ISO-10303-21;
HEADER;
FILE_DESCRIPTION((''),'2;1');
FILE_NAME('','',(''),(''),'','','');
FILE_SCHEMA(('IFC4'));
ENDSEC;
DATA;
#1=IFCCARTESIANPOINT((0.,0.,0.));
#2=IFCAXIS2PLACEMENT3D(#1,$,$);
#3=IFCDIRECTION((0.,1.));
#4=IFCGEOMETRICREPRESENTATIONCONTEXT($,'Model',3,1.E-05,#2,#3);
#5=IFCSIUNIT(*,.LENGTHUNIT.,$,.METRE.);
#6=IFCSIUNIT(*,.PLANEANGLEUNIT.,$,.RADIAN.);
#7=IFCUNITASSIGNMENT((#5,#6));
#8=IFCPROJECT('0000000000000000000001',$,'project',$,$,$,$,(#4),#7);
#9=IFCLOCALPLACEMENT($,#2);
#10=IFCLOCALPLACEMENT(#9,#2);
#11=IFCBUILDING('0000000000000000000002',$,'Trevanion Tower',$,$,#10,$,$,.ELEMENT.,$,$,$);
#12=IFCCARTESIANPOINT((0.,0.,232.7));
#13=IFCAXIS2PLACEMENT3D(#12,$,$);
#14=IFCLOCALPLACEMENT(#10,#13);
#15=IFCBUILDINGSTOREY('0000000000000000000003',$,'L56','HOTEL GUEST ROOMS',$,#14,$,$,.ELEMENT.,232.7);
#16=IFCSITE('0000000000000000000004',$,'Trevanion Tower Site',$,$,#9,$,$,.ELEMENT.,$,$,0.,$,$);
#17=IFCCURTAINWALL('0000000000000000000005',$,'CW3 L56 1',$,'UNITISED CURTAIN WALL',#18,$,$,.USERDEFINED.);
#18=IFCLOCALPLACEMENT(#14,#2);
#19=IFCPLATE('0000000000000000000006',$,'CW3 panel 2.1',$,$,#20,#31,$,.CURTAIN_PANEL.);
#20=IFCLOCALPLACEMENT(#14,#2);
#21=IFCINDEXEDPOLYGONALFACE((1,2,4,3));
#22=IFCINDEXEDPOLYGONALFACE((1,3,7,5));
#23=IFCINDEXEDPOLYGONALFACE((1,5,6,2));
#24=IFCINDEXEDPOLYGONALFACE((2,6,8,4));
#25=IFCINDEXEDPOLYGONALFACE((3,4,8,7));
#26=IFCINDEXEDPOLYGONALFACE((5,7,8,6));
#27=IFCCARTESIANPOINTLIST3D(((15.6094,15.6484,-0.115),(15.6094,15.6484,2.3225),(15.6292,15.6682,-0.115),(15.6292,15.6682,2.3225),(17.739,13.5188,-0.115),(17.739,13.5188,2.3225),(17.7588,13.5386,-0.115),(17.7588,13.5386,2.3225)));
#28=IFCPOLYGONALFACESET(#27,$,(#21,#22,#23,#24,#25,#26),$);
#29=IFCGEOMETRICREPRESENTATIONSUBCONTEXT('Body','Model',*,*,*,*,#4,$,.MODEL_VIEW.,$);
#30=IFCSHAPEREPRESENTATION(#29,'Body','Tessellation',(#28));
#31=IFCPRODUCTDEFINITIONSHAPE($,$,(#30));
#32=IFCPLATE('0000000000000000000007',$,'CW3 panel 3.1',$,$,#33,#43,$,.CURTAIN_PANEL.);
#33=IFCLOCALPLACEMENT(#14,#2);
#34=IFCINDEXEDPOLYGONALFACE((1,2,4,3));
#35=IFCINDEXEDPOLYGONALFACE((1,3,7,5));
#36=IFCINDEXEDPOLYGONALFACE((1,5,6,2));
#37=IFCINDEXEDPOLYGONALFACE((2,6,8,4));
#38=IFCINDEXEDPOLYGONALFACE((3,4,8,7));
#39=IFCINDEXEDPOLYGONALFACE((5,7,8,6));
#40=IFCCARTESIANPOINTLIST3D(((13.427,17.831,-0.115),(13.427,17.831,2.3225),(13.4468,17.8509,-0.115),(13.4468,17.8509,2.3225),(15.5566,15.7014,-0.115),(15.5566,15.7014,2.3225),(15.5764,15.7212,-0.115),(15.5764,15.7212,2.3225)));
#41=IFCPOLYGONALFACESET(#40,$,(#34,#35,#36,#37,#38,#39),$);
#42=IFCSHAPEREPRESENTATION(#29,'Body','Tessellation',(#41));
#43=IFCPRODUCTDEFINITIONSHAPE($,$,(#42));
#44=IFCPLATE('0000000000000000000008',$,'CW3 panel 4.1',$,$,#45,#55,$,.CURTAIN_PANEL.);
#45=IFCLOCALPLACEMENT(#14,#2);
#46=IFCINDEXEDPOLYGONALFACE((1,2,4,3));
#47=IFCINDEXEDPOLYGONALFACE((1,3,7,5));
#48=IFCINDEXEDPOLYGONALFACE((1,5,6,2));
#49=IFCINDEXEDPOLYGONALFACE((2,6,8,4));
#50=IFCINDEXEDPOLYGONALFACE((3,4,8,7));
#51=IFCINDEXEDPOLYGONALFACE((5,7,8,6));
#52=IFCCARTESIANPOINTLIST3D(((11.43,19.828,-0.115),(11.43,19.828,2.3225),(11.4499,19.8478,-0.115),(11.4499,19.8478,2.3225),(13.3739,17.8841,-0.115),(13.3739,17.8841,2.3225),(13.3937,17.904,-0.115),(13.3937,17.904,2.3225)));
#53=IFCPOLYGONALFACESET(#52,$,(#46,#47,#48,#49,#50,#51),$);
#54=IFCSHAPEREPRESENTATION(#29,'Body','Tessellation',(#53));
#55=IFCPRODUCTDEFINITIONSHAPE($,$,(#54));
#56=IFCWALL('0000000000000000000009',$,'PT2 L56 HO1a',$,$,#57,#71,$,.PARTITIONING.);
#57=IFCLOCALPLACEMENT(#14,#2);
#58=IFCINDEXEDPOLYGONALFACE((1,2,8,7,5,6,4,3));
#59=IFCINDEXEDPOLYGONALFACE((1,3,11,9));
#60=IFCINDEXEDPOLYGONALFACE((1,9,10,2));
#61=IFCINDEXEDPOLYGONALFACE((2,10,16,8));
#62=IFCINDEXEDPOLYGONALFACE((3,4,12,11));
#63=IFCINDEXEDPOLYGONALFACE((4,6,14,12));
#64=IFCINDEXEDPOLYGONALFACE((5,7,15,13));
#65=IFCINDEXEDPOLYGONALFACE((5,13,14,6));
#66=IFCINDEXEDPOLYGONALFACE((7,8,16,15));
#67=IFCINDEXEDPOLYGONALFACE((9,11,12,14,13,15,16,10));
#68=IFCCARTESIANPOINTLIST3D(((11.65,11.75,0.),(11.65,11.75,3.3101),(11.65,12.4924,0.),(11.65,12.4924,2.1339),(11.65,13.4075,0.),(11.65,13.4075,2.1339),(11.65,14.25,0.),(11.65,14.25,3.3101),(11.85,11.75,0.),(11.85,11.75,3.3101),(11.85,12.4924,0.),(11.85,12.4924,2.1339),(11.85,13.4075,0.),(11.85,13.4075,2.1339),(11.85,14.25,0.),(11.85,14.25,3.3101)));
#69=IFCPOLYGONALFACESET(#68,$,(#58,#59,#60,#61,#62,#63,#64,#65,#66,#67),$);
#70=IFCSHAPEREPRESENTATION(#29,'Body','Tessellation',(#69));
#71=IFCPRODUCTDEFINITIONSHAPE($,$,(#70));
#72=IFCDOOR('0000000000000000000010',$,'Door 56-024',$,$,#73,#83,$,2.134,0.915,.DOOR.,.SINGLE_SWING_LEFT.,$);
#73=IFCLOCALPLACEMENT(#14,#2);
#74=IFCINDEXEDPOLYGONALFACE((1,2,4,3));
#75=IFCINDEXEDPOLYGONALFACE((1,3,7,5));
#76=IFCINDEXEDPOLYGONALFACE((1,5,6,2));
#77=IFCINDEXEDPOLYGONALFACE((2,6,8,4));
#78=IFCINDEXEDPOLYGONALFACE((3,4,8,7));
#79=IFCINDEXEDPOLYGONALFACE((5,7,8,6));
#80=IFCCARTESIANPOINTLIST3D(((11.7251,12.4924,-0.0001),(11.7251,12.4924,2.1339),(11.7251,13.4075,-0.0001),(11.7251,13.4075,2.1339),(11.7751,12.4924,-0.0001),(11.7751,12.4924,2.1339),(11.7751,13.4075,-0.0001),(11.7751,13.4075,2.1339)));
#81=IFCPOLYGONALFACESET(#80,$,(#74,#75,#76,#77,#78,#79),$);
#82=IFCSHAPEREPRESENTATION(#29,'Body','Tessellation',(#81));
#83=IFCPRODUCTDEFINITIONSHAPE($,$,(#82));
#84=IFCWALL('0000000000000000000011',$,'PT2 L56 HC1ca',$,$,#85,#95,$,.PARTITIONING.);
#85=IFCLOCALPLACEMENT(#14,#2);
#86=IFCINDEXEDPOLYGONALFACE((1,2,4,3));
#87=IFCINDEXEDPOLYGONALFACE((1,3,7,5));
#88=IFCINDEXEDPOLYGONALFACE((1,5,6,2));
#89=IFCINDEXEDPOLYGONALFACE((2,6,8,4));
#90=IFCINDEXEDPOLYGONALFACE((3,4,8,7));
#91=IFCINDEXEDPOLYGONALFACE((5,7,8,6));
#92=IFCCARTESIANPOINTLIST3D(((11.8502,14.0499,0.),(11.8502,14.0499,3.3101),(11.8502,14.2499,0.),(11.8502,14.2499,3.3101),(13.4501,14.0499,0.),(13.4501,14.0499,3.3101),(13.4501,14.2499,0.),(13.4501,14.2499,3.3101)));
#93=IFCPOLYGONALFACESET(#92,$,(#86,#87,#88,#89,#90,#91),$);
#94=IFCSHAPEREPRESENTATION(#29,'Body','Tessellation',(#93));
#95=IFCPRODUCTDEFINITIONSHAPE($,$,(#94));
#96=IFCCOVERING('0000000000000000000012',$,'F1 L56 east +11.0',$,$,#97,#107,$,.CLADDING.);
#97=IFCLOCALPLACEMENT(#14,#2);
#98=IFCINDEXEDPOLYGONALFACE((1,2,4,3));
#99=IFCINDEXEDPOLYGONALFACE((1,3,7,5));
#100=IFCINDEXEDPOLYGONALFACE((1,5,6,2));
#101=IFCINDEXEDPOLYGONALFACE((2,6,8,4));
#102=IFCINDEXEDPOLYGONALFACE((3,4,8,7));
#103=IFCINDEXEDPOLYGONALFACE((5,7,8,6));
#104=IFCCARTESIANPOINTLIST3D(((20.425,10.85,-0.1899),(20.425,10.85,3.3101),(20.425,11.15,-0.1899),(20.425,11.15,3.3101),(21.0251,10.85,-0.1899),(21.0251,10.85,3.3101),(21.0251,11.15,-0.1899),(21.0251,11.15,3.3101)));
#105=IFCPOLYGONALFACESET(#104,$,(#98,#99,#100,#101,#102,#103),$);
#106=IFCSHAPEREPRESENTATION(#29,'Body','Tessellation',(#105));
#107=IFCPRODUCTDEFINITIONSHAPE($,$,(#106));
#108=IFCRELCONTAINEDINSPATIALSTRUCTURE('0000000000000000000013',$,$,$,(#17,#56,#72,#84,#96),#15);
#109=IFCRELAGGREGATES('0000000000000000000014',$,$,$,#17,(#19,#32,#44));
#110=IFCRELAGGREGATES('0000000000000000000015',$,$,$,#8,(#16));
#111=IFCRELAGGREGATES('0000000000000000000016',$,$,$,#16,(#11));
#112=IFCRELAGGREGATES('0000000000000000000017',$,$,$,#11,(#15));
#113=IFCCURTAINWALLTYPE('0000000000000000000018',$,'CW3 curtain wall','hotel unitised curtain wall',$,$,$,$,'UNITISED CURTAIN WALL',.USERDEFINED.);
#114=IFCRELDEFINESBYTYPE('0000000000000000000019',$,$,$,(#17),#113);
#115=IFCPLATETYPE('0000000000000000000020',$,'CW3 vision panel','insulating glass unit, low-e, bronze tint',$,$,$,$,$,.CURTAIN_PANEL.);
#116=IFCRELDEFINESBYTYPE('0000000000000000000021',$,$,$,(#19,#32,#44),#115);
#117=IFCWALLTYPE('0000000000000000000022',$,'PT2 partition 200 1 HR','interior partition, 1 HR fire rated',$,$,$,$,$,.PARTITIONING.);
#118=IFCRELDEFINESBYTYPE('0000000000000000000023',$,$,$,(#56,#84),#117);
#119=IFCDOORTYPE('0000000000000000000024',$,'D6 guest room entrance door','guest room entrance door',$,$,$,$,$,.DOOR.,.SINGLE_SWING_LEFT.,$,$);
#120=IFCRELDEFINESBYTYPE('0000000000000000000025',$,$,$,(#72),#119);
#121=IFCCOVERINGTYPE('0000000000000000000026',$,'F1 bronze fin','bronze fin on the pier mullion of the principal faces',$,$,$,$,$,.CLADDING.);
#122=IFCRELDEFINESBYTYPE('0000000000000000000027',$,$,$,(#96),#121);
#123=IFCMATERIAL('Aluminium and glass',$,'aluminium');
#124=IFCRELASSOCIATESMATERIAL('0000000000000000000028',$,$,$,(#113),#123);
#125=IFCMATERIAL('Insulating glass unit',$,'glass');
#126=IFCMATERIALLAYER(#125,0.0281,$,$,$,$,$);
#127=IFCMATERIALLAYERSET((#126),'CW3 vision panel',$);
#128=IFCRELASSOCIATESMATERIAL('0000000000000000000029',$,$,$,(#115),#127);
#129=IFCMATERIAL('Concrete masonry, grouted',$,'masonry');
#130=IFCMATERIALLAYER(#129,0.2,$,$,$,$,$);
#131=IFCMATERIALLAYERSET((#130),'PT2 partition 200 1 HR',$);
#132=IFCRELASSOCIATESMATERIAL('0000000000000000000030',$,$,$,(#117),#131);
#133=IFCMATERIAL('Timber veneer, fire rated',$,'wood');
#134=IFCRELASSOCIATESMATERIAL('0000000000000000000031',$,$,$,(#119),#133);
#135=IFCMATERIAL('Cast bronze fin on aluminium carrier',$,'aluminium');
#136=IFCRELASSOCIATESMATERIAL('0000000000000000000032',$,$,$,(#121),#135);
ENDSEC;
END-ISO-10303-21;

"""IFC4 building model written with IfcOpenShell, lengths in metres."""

from ifc_helpers import new_model, si_unit, direction, frame, frame_2d, origin, origin_2d, place, context, subcontext, project, spatial, rectangle, extrude, material, layer, layer_set, type_object, element, fill, aggregate, save


model = new_model("IFC4")

# Units and contexts
model_context = context("Model", 3, precision=1e-05, world=origin(), true_north=direction((0.0, 1.0)))
body_context = subcontext(model_context, "Body", "Model", "MODEL_VIEW")
ifc_project = project(units=[si_unit("LENGTHUNIT", "METRE"), si_unit("PLANEANGLEUNIT", "RADIAN")], contexts=[model_context])

# Site, building, storey
site_placement = place(None, origin())
site = spatial("IfcSite", under=ifc_project, at=site_placement, Name="Trevanion Tower Site", CompositionType="ELEMENT", RefElevation=0.0)
building_placement = place(site_placement, origin())
building = spatial("IfcBuilding", under=site, at=building_placement, Name="Trevanion Tower", CompositionType="ELEMENT")
storey_placement = place(building_placement, frame((0.0, 0.0, 232.7)))
storey = spatial("IfcBuildingStorey", under=building, at=storey_placement, Name="L56", Description="HOTEL GUEST ROOMS", CompositionType="ELEMENT", Elevation=232.7)

# Curtain wall
ifc_material_1 = material(Name="Aluminium and glass", Category="aluminium")
curtain_wall_type = type_object("IfcCurtainWallType", Name="CW3 curtain wall", Description="hotel unitised curtain wall", ElementType="UNITISED CURTAIN WALL", PredefinedType="USERDEFINED", material=ifc_material_1)
curtain_wall_1_placement = place(storey_placement, origin())
curtain_wall_1 = element("IfcCurtainWall", 1, at=curtain_wall_1_placement, inside=storey, type_object=curtain_wall_type, Name="CW3 L56 1", ObjectType="UNITISED CURTAIN WALL", PredefinedType="USERDEFINED")

# Plates
ifc_material_2 = material(Name="Insulating glass unit", Category="glass")
ifc_layer_1 = layer(ifc_material_2, 0.0281)
ifc_layer_set_1 = layer_set([ifc_layer_1], Name="CW3 vision panel")
plate_type_1 = type_object("IfcPlateType", Name="CW3 vision panel", Description="insulating glass unit, low-e, bronze tint", PredefinedType="CURTAIN_PANEL", material=ifc_layer_set_1)
plate_1_placement = place(storey_placement, frame((16.6841, 14.5935, -0.115), z_axis=(0.0, 0.0, 1.0), x_axis=(-0.707107, 0.707107, 0.0)))
plate_1 = element("IfcPlate", 2, at=plate_1_placement, type_object=plate_type_1, Name="CW3 panel 2.1", PredefinedType="CURTAIN_PANEL", context=body_context, shape_type="SweptSolid", body=[
    extrude(rectangle(XDim=3.0117, YDim=0.0281, at=origin_2d()), origin(), (0.0, 0.0, 1.0), 2.4375),
])
plate_2_placement = place(storey_placement, frame((14.5017, 16.7761, -0.115), z_axis=(0.0, 0.0, 1.0), x_axis=(-0.707107, 0.707107, 0.0)))
plate_2 = element("IfcPlate", 3, at=plate_2_placement, type_object=plate_type_1, Name="CW3 panel 3.1", PredefinedType="CURTAIN_PANEL", context=body_context, shape_type="SweptSolid", body=[
    extrude(rectangle(XDim=3.0117, YDim=0.0281, at=origin_2d()), origin(), (0.0, 0.0, 1.0), 2.4375),
])
plate_3_placement = place(storey_placement, frame((12.4119, 18.866, -0.115), z_axis=(0.0, 0.0, 1.0), x_axis=(-0.707107, 0.707107, 0.0)))
plate_3 = element("IfcPlate", 4, at=plate_3_placement, type_object=plate_type_1, Name="CW3 panel 4.1", PredefinedType="CURTAIN_PANEL", context=body_context, shape_type="SweptSolid", body=[
    extrude(rectangle(XDim=2.749, YDim=0.0281, at=origin_2d()), origin(), (0.0, 0.0, 1.0), 2.4375),
])
aggregate(curtain_wall_1, [plate_1, plate_2, plate_3])

# Wall, opening, door
ifc_material_3 = material(Name="Concrete masonry, grouted", Category="masonry")
ifc_layer_2 = layer(ifc_material_3, 0.2)
ifc_layer_set_2 = layer_set([ifc_layer_2], Name="PT2 partition 200 1 HR")
wall_type = type_object("IfcWallType", Name="PT2 partition 200 1 HR", Description="interior partition, 1 HR fire rated", PredefinedType="PARTITIONING", material=ifc_layer_set_2)
wall_1_placement = place(storey_placement, frame((11.75, 11.75, 0.0), z_axis=(0.0, 0.0, 1.0), x_axis=(0.0, 1.0, 0.0)))
wall_1 = element("IfcWall", 5, at=wall_1_placement, inside=storey, type_object=wall_type, Name="PT2 L56 HO1a", PredefinedType="PARTITIONING", context=body_context, shape_type="SweptSolid", body=[
    extrude(rectangle(XDim=2.5, YDim=0.2, at=frame_2d((1.25, 0.0))), origin(), (0.0, 0.0, 1.0), 3.3101),
])
opening_placement = place(wall_1_placement, frame((0.7424, 0.0, 0.0)))
opening = element("IfcOpeningElement", 6, at=opening_placement, cuts=wall_1, PredefinedType="OPENING", context=body_context, shape_type="SweptSolid", body=[
    extrude(rectangle(XDim=0.915, YDim=2.134, at=frame_2d((0.4575, 1.0669))), frame((0.0, 0.1099, 0.0), z_axis=(0.0, -1.0, 0.0), x_axis=(1.0, 0.0, 0.0)), (0.0, 0.0, 1.0), 0.22),
])
ifc_material_4 = material(Name="Timber veneer, fire rated", Category="wood")
door_type = type_object("IfcDoorType", Name="D6 guest room entrance door", Description="guest room entrance door", OperationType="SINGLE_SWING_LEFT", PredefinedType="DOOR", material=ifc_material_4)
door_placement = place(opening_placement, origin())
door = element("IfcDoor", 7, at=door_placement, inside=storey, type_object=door_type, Name="Door 56-024", OperationType="SINGLE_SWING_LEFT", OverallHeight=2.134, OverallWidth=0.915, PredefinedType="DOOR", context=body_context, shape_type="SweptSolid", body=[
    extrude(rectangle(XDim=0.915, YDim=2.134, at=frame_2d((0.4575, 1.0669))), frame((0.0, 0.0249, 0.0), z_axis=(0.0, -1.0, 0.0), x_axis=(1.0, 0.0, 0.0)), (0.0, 0.0, 1.0), 0.05),
])
fill(opening, door)

# Wall
wall_2_placement = place(storey_placement, frame((13.45, 14.1499, 0.0), z_axis=(0.0, 0.0, 1.0), x_axis=(-1.0, 0.0, 0.0)))
element("IfcWall", 8, at=wall_2_placement, inside=storey, type_object=wall_type, Name="PT2 L56 HC1ca", PredefinedType="PARTITIONING", context=body_context, shape_type="SweptSolid", body=[
    extrude(rectangle(XDim=1.5999, YDim=0.2, at=frame_2d((0.7998, 0.0))), origin(), (0.0, 0.0, 1.0), 3.3101),
])

# Covering
ifc_material_5 = material(Name="Cast bronze fin on aluminium carrier", Category="aluminium")
covering_type = type_object("IfcCoveringType", Name="F1 bronze fin", Description="bronze fin on the pier mullion of the principal faces", PredefinedType="CLADDING", material=ifc_material_5)
covering_placement = place(storey_placement, frame((20.7251, 11.0, -0.1899), z_axis=(0.0, 0.0, 1.0), x_axis=(0.0, 1.0, 0.0)))
element("IfcCovering", 9, at=covering_placement, inside=storey, type_object=covering_type, Name="F1 L56 east +11.0", PredefinedType="CLADDING", context=body_context, shape_type="SweptSolid", body=[
    extrude(rectangle(XDim=0.3, YDim=0.6001, at=origin_2d()), origin(), (0.0, 0.0, 1.0), 3.5),
])

save(model, "model.ifc")
